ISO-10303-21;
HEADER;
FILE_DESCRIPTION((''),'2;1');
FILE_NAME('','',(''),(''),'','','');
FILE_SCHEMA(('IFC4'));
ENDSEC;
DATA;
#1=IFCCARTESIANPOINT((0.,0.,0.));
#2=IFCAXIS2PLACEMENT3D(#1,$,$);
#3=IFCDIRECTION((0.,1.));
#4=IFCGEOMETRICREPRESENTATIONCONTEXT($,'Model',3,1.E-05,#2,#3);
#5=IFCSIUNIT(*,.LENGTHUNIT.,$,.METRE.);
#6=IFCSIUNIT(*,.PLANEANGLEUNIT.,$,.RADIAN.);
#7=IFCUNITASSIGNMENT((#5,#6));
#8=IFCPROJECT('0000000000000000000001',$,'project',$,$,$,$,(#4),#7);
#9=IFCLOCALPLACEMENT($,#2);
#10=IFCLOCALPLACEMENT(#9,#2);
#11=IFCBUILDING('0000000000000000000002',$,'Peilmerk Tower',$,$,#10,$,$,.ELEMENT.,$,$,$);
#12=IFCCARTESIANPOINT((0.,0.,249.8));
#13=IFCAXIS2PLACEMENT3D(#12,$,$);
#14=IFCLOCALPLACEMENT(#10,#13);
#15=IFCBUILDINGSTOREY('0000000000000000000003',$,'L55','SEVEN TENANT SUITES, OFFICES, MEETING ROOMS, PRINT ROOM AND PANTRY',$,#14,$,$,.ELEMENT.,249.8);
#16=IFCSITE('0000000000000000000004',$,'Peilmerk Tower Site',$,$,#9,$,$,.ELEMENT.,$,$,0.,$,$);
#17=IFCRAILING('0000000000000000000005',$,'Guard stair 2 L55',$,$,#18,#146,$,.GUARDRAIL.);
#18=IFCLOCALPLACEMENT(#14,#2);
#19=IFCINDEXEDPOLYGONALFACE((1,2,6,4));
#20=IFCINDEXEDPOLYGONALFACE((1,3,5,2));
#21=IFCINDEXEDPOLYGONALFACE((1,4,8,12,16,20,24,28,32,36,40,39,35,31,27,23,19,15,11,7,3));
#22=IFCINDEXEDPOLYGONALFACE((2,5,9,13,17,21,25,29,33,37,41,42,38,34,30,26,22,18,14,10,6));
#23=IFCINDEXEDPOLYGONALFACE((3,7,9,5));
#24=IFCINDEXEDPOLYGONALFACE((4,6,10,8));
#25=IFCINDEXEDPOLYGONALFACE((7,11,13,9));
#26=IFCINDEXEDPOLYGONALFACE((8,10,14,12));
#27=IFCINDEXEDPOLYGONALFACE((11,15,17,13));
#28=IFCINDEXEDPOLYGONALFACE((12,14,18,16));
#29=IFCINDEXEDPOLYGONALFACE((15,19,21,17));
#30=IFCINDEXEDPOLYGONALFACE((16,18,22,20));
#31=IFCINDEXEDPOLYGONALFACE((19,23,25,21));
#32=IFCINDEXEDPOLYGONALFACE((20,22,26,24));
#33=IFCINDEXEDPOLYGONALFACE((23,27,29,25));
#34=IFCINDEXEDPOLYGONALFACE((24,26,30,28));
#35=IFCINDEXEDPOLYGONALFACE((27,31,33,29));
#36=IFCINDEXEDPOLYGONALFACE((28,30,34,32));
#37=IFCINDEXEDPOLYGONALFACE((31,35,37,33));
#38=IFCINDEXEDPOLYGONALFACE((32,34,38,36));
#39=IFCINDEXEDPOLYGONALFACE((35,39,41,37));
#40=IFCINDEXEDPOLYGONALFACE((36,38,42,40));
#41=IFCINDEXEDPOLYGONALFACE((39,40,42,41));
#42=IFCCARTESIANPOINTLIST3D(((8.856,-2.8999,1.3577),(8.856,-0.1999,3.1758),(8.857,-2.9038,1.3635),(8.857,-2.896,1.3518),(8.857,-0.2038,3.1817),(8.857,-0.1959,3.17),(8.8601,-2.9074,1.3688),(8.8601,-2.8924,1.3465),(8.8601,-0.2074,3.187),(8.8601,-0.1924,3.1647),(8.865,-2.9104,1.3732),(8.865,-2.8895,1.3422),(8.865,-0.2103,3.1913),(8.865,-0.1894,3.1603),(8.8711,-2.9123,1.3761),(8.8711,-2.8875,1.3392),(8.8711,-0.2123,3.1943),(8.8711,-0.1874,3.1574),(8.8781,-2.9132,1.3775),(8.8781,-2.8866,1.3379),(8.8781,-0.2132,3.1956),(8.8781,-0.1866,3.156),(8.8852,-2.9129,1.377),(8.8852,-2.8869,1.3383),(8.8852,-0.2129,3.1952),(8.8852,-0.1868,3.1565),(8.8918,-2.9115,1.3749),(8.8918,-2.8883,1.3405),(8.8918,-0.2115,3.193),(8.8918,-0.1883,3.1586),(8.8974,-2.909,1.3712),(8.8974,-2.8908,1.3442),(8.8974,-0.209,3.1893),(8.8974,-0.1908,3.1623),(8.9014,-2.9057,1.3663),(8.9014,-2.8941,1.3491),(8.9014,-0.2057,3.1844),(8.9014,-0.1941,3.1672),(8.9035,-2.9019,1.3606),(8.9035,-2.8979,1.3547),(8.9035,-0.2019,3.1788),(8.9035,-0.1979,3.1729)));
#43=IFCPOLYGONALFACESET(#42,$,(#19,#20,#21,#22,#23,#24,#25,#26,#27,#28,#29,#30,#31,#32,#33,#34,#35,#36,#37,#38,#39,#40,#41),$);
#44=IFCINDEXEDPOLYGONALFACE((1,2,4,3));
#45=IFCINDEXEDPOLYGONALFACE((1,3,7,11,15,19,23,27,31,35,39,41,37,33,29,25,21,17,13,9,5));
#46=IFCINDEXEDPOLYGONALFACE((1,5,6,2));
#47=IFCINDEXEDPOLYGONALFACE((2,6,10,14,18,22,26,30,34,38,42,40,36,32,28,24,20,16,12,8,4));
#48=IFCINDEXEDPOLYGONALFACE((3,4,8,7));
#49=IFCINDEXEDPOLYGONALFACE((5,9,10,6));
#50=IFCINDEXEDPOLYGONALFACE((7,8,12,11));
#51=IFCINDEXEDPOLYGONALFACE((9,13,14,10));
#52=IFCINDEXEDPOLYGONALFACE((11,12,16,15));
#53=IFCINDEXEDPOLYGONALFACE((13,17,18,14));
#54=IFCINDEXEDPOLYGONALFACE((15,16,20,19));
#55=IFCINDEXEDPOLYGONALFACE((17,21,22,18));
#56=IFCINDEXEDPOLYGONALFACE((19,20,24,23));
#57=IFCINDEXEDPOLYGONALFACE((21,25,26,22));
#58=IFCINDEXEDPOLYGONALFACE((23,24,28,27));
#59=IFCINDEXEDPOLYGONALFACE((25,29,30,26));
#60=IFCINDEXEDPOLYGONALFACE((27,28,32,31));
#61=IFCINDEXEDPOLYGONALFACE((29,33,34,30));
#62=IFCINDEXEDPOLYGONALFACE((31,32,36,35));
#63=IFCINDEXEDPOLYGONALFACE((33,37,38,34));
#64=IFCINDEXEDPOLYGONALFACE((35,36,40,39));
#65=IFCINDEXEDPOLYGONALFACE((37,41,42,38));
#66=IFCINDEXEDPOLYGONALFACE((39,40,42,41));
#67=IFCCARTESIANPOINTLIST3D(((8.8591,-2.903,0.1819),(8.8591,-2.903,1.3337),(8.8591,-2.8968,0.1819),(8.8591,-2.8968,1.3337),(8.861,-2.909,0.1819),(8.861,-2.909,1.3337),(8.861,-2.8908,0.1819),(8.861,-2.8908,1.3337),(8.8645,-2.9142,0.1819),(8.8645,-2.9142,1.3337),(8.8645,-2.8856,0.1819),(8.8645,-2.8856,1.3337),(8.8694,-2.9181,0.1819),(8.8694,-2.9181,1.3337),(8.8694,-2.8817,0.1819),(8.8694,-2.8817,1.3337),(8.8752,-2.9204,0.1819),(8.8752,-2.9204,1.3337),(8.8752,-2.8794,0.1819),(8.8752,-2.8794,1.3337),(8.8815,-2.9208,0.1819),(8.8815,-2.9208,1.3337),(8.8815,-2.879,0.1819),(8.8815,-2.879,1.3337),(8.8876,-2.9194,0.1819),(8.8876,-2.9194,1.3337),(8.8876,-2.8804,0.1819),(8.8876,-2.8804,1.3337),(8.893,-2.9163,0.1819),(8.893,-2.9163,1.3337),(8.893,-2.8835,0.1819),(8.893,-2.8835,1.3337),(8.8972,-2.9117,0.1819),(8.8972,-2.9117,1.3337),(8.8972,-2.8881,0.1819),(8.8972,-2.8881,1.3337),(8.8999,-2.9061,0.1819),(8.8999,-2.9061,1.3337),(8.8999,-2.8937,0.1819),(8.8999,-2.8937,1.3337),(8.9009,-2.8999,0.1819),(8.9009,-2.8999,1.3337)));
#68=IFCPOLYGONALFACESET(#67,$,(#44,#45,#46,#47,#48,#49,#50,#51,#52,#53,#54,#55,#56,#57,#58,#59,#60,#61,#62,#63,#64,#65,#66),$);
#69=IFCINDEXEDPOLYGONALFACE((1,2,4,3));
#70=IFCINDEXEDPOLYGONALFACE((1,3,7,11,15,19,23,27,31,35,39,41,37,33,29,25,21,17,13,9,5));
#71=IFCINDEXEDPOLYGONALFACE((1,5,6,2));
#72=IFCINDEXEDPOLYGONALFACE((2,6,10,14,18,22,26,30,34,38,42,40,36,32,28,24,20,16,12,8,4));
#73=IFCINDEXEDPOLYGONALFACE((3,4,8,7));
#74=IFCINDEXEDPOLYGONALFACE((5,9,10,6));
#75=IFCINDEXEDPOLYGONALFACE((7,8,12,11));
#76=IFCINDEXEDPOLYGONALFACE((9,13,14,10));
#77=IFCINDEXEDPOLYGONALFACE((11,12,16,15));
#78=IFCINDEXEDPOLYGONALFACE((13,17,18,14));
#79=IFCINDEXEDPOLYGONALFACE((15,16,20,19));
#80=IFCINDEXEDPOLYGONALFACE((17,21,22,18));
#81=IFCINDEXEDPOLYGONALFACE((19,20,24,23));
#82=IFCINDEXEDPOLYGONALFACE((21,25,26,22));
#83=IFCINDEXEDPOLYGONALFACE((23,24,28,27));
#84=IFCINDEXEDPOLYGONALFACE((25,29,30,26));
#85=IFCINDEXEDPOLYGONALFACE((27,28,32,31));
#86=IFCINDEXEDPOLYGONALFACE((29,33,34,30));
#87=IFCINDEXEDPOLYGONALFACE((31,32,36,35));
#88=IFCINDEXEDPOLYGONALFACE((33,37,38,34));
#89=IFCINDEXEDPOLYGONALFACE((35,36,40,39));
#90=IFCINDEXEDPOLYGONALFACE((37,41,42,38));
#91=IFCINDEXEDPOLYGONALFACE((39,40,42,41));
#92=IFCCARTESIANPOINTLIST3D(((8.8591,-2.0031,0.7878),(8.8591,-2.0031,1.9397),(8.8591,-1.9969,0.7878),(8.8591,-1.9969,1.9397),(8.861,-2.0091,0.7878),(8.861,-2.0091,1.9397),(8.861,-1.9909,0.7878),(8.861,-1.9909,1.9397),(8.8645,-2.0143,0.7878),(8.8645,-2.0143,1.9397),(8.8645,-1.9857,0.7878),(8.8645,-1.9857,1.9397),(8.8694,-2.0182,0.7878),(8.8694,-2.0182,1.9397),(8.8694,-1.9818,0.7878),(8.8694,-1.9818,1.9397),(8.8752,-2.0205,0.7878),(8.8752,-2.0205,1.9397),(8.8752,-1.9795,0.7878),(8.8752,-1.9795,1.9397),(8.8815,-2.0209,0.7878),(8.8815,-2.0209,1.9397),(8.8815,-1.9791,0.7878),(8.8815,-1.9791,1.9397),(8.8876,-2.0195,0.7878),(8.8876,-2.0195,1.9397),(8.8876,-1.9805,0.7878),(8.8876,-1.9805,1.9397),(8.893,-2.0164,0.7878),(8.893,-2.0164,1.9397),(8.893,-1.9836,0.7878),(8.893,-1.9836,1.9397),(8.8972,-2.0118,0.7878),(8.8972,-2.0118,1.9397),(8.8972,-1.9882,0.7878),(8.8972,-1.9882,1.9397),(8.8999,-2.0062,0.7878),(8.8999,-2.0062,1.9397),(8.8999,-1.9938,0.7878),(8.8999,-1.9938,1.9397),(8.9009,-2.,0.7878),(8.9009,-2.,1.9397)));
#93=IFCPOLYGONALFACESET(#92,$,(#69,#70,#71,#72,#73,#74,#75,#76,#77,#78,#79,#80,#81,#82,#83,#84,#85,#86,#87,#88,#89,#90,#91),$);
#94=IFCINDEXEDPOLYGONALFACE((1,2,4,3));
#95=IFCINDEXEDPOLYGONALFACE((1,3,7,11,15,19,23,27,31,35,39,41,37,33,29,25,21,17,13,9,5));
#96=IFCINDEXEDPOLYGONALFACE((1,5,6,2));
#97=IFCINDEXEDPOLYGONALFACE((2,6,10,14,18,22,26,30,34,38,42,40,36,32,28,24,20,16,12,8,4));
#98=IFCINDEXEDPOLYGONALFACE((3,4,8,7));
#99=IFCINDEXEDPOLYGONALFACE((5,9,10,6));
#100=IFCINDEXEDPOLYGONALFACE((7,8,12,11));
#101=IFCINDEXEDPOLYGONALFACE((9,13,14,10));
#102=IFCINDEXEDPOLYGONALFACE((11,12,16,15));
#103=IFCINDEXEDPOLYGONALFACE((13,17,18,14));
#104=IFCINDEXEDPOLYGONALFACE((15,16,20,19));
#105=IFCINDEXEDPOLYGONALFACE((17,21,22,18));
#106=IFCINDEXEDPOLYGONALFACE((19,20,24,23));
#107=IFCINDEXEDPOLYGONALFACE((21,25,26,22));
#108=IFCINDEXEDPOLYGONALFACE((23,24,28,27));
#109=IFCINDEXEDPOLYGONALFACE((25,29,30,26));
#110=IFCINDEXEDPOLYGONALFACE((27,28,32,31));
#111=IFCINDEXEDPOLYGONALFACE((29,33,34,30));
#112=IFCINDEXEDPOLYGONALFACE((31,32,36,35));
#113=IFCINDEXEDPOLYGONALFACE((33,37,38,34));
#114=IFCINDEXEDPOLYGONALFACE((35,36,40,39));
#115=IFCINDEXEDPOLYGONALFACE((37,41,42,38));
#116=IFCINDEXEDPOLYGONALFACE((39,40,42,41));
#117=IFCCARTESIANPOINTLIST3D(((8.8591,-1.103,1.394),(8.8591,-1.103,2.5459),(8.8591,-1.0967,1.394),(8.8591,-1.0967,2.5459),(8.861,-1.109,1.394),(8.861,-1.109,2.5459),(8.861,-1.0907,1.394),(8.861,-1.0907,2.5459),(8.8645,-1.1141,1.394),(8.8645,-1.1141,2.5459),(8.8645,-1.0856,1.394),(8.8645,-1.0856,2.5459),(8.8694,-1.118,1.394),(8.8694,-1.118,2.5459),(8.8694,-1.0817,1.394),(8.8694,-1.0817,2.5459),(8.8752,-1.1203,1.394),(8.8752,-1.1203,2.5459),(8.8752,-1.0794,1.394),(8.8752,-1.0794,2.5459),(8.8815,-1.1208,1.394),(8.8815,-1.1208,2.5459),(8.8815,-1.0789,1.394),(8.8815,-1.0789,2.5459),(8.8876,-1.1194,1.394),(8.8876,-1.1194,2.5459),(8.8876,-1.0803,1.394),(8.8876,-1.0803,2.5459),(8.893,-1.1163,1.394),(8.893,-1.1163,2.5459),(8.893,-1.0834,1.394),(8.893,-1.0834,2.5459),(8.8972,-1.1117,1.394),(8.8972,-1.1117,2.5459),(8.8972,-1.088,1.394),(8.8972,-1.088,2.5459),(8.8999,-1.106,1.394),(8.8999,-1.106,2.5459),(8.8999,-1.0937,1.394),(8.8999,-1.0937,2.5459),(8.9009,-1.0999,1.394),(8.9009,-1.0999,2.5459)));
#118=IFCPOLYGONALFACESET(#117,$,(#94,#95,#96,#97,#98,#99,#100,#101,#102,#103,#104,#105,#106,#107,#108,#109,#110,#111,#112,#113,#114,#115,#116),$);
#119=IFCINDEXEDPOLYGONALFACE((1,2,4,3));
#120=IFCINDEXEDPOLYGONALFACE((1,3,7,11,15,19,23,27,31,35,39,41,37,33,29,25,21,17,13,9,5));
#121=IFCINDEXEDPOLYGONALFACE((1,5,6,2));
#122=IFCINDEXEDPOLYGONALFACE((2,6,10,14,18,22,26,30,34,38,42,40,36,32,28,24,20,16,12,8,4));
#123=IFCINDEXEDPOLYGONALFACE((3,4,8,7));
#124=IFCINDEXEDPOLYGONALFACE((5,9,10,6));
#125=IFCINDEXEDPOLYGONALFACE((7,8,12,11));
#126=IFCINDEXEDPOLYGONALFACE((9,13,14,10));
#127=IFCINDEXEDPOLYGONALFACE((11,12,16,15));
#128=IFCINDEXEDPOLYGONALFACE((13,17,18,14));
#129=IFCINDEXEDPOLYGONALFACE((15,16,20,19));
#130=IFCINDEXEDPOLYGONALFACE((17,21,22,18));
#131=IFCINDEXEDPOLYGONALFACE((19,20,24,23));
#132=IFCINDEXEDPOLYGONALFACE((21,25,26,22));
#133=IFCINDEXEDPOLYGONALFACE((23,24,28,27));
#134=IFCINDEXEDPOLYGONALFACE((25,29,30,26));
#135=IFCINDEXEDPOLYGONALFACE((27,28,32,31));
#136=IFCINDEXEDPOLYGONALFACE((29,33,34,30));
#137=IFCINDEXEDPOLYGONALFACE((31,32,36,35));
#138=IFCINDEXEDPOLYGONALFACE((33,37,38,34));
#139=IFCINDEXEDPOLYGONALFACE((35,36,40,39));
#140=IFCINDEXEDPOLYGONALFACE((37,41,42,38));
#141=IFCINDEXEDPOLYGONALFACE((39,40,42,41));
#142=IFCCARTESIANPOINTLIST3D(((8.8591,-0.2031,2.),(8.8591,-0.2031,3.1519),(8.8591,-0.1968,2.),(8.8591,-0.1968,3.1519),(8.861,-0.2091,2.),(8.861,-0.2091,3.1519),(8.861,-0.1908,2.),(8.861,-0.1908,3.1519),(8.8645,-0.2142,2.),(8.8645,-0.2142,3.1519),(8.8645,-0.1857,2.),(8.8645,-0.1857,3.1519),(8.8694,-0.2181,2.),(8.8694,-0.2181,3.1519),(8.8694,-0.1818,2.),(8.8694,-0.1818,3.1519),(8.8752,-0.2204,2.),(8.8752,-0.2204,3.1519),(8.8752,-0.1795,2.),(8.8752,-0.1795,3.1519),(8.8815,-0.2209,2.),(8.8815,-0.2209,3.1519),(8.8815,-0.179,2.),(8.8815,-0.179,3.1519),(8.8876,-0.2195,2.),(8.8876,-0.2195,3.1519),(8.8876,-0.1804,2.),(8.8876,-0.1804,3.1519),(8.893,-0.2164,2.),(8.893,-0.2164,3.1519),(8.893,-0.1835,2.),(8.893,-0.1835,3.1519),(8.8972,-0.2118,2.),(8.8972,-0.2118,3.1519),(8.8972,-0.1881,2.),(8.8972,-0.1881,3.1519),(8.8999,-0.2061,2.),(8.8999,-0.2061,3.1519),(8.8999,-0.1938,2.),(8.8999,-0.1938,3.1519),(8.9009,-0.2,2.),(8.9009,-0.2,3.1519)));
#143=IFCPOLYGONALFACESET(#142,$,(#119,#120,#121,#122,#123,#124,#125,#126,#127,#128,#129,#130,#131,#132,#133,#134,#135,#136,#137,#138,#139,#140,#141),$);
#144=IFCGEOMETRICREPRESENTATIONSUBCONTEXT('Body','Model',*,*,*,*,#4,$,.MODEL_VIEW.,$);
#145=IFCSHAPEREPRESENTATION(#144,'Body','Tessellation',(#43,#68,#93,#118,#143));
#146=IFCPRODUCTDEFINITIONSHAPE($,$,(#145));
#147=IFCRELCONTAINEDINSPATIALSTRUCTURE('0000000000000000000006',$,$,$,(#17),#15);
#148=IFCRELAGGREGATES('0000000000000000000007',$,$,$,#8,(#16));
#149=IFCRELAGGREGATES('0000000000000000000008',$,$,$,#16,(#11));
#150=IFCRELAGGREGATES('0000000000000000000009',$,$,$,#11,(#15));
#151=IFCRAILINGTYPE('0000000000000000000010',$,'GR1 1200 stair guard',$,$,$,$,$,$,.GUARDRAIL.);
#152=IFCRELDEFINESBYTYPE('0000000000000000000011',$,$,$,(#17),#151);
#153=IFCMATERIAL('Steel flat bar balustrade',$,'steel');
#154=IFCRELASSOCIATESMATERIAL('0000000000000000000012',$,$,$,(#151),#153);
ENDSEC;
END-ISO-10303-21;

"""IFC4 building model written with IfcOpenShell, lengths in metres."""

from ifc_helpers import new_model, si_unit, direction, frame, origin, origin_2d, place, context, subcontext, project, spatial, circle, extrude, material, type_object, element, save


model = new_model("IFC4")

# Units and contexts
model_context = context("Model", 3, precision=1e-05, world=origin(), true_north=direction((0.0, 1.0)))
body_context = subcontext(model_context, "Body", "Model", "MODEL_VIEW")
ifc_project = project(units=[si_unit("LENGTHUNIT", "METRE"), si_unit("PLANEANGLEUNIT", "RADIAN")], contexts=[model_context])

# Site, building, storey
site_placement = place(None, origin())
site = spatial("IfcSite", under=ifc_project, at=site_placement, Name="Peilmerk Tower Site", CompositionType="ELEMENT", RefElevation=0.0)
building_placement = place(site_placement, origin())
building = spatial("IfcBuilding", under=site, at=building_placement, Name="Peilmerk Tower", CompositionType="ELEMENT")
storey_placement = place(building_placement, frame((0.0, 0.0, 249.8)))
storey = spatial("IfcBuildingStorey", under=building, at=storey_placement, Name="L55", Description="SEVEN TENANT SUITES, OFFICES, MEETING ROOMS, PRINT ROOM AND PANTRY", CompositionType="ELEMENT", Elevation=249.8)

# Railing
ifc_material_1 = material(Name="Steel flat bar balustrade", Category="steel")
railing_type_1 = type_object("IfcRailingType", Name="GR1 1200 stair guard", PredefinedType="GUARDRAIL", material=ifc_material_1)
railing_1_placement = place(storey_placement, frame((8.8799, -2.8999, 0.1819)))
element("IfcRailing", 1, at=railing_1_placement, inside=storey, type_object=railing_type_1, Name="Guard stair 2 L55", PredefinedType="GUARDRAIL", context=body_context, shape_type="SweptSolid", body=[
    extrude(circle(Radius=0.0239, at=origin_2d()), frame((0.0, 0.0, 1.1758), z_axis=(0.0, 0.829468, 0.558554), x_axis=(-1.0, 0.0, 0.0)), (0.0, 0.0, 1.0), 3.2551),
    extrude(circle(Radius=0.021, at=origin_2d()), origin(), (0.0, 0.0, 1.0), 1.1519),
    extrude(circle(Radius=0.021, at=origin_2d()), frame((0.0, 0.8999, 0.606)), (0.0, 0.0, 1.0), 1.1519),
    extrude(circle(Radius=0.021, at=origin_2d()), frame((0.0, 1.8, 1.2122)), (0.0, 0.0, 1.0), 1.1519),
    extrude(circle(Radius=0.021, at=origin_2d()), frame((0.0, 2.7, 1.8181)), (0.0, 0.0, 1.0), 1.1519),
])

save(model, "model.ifc")
